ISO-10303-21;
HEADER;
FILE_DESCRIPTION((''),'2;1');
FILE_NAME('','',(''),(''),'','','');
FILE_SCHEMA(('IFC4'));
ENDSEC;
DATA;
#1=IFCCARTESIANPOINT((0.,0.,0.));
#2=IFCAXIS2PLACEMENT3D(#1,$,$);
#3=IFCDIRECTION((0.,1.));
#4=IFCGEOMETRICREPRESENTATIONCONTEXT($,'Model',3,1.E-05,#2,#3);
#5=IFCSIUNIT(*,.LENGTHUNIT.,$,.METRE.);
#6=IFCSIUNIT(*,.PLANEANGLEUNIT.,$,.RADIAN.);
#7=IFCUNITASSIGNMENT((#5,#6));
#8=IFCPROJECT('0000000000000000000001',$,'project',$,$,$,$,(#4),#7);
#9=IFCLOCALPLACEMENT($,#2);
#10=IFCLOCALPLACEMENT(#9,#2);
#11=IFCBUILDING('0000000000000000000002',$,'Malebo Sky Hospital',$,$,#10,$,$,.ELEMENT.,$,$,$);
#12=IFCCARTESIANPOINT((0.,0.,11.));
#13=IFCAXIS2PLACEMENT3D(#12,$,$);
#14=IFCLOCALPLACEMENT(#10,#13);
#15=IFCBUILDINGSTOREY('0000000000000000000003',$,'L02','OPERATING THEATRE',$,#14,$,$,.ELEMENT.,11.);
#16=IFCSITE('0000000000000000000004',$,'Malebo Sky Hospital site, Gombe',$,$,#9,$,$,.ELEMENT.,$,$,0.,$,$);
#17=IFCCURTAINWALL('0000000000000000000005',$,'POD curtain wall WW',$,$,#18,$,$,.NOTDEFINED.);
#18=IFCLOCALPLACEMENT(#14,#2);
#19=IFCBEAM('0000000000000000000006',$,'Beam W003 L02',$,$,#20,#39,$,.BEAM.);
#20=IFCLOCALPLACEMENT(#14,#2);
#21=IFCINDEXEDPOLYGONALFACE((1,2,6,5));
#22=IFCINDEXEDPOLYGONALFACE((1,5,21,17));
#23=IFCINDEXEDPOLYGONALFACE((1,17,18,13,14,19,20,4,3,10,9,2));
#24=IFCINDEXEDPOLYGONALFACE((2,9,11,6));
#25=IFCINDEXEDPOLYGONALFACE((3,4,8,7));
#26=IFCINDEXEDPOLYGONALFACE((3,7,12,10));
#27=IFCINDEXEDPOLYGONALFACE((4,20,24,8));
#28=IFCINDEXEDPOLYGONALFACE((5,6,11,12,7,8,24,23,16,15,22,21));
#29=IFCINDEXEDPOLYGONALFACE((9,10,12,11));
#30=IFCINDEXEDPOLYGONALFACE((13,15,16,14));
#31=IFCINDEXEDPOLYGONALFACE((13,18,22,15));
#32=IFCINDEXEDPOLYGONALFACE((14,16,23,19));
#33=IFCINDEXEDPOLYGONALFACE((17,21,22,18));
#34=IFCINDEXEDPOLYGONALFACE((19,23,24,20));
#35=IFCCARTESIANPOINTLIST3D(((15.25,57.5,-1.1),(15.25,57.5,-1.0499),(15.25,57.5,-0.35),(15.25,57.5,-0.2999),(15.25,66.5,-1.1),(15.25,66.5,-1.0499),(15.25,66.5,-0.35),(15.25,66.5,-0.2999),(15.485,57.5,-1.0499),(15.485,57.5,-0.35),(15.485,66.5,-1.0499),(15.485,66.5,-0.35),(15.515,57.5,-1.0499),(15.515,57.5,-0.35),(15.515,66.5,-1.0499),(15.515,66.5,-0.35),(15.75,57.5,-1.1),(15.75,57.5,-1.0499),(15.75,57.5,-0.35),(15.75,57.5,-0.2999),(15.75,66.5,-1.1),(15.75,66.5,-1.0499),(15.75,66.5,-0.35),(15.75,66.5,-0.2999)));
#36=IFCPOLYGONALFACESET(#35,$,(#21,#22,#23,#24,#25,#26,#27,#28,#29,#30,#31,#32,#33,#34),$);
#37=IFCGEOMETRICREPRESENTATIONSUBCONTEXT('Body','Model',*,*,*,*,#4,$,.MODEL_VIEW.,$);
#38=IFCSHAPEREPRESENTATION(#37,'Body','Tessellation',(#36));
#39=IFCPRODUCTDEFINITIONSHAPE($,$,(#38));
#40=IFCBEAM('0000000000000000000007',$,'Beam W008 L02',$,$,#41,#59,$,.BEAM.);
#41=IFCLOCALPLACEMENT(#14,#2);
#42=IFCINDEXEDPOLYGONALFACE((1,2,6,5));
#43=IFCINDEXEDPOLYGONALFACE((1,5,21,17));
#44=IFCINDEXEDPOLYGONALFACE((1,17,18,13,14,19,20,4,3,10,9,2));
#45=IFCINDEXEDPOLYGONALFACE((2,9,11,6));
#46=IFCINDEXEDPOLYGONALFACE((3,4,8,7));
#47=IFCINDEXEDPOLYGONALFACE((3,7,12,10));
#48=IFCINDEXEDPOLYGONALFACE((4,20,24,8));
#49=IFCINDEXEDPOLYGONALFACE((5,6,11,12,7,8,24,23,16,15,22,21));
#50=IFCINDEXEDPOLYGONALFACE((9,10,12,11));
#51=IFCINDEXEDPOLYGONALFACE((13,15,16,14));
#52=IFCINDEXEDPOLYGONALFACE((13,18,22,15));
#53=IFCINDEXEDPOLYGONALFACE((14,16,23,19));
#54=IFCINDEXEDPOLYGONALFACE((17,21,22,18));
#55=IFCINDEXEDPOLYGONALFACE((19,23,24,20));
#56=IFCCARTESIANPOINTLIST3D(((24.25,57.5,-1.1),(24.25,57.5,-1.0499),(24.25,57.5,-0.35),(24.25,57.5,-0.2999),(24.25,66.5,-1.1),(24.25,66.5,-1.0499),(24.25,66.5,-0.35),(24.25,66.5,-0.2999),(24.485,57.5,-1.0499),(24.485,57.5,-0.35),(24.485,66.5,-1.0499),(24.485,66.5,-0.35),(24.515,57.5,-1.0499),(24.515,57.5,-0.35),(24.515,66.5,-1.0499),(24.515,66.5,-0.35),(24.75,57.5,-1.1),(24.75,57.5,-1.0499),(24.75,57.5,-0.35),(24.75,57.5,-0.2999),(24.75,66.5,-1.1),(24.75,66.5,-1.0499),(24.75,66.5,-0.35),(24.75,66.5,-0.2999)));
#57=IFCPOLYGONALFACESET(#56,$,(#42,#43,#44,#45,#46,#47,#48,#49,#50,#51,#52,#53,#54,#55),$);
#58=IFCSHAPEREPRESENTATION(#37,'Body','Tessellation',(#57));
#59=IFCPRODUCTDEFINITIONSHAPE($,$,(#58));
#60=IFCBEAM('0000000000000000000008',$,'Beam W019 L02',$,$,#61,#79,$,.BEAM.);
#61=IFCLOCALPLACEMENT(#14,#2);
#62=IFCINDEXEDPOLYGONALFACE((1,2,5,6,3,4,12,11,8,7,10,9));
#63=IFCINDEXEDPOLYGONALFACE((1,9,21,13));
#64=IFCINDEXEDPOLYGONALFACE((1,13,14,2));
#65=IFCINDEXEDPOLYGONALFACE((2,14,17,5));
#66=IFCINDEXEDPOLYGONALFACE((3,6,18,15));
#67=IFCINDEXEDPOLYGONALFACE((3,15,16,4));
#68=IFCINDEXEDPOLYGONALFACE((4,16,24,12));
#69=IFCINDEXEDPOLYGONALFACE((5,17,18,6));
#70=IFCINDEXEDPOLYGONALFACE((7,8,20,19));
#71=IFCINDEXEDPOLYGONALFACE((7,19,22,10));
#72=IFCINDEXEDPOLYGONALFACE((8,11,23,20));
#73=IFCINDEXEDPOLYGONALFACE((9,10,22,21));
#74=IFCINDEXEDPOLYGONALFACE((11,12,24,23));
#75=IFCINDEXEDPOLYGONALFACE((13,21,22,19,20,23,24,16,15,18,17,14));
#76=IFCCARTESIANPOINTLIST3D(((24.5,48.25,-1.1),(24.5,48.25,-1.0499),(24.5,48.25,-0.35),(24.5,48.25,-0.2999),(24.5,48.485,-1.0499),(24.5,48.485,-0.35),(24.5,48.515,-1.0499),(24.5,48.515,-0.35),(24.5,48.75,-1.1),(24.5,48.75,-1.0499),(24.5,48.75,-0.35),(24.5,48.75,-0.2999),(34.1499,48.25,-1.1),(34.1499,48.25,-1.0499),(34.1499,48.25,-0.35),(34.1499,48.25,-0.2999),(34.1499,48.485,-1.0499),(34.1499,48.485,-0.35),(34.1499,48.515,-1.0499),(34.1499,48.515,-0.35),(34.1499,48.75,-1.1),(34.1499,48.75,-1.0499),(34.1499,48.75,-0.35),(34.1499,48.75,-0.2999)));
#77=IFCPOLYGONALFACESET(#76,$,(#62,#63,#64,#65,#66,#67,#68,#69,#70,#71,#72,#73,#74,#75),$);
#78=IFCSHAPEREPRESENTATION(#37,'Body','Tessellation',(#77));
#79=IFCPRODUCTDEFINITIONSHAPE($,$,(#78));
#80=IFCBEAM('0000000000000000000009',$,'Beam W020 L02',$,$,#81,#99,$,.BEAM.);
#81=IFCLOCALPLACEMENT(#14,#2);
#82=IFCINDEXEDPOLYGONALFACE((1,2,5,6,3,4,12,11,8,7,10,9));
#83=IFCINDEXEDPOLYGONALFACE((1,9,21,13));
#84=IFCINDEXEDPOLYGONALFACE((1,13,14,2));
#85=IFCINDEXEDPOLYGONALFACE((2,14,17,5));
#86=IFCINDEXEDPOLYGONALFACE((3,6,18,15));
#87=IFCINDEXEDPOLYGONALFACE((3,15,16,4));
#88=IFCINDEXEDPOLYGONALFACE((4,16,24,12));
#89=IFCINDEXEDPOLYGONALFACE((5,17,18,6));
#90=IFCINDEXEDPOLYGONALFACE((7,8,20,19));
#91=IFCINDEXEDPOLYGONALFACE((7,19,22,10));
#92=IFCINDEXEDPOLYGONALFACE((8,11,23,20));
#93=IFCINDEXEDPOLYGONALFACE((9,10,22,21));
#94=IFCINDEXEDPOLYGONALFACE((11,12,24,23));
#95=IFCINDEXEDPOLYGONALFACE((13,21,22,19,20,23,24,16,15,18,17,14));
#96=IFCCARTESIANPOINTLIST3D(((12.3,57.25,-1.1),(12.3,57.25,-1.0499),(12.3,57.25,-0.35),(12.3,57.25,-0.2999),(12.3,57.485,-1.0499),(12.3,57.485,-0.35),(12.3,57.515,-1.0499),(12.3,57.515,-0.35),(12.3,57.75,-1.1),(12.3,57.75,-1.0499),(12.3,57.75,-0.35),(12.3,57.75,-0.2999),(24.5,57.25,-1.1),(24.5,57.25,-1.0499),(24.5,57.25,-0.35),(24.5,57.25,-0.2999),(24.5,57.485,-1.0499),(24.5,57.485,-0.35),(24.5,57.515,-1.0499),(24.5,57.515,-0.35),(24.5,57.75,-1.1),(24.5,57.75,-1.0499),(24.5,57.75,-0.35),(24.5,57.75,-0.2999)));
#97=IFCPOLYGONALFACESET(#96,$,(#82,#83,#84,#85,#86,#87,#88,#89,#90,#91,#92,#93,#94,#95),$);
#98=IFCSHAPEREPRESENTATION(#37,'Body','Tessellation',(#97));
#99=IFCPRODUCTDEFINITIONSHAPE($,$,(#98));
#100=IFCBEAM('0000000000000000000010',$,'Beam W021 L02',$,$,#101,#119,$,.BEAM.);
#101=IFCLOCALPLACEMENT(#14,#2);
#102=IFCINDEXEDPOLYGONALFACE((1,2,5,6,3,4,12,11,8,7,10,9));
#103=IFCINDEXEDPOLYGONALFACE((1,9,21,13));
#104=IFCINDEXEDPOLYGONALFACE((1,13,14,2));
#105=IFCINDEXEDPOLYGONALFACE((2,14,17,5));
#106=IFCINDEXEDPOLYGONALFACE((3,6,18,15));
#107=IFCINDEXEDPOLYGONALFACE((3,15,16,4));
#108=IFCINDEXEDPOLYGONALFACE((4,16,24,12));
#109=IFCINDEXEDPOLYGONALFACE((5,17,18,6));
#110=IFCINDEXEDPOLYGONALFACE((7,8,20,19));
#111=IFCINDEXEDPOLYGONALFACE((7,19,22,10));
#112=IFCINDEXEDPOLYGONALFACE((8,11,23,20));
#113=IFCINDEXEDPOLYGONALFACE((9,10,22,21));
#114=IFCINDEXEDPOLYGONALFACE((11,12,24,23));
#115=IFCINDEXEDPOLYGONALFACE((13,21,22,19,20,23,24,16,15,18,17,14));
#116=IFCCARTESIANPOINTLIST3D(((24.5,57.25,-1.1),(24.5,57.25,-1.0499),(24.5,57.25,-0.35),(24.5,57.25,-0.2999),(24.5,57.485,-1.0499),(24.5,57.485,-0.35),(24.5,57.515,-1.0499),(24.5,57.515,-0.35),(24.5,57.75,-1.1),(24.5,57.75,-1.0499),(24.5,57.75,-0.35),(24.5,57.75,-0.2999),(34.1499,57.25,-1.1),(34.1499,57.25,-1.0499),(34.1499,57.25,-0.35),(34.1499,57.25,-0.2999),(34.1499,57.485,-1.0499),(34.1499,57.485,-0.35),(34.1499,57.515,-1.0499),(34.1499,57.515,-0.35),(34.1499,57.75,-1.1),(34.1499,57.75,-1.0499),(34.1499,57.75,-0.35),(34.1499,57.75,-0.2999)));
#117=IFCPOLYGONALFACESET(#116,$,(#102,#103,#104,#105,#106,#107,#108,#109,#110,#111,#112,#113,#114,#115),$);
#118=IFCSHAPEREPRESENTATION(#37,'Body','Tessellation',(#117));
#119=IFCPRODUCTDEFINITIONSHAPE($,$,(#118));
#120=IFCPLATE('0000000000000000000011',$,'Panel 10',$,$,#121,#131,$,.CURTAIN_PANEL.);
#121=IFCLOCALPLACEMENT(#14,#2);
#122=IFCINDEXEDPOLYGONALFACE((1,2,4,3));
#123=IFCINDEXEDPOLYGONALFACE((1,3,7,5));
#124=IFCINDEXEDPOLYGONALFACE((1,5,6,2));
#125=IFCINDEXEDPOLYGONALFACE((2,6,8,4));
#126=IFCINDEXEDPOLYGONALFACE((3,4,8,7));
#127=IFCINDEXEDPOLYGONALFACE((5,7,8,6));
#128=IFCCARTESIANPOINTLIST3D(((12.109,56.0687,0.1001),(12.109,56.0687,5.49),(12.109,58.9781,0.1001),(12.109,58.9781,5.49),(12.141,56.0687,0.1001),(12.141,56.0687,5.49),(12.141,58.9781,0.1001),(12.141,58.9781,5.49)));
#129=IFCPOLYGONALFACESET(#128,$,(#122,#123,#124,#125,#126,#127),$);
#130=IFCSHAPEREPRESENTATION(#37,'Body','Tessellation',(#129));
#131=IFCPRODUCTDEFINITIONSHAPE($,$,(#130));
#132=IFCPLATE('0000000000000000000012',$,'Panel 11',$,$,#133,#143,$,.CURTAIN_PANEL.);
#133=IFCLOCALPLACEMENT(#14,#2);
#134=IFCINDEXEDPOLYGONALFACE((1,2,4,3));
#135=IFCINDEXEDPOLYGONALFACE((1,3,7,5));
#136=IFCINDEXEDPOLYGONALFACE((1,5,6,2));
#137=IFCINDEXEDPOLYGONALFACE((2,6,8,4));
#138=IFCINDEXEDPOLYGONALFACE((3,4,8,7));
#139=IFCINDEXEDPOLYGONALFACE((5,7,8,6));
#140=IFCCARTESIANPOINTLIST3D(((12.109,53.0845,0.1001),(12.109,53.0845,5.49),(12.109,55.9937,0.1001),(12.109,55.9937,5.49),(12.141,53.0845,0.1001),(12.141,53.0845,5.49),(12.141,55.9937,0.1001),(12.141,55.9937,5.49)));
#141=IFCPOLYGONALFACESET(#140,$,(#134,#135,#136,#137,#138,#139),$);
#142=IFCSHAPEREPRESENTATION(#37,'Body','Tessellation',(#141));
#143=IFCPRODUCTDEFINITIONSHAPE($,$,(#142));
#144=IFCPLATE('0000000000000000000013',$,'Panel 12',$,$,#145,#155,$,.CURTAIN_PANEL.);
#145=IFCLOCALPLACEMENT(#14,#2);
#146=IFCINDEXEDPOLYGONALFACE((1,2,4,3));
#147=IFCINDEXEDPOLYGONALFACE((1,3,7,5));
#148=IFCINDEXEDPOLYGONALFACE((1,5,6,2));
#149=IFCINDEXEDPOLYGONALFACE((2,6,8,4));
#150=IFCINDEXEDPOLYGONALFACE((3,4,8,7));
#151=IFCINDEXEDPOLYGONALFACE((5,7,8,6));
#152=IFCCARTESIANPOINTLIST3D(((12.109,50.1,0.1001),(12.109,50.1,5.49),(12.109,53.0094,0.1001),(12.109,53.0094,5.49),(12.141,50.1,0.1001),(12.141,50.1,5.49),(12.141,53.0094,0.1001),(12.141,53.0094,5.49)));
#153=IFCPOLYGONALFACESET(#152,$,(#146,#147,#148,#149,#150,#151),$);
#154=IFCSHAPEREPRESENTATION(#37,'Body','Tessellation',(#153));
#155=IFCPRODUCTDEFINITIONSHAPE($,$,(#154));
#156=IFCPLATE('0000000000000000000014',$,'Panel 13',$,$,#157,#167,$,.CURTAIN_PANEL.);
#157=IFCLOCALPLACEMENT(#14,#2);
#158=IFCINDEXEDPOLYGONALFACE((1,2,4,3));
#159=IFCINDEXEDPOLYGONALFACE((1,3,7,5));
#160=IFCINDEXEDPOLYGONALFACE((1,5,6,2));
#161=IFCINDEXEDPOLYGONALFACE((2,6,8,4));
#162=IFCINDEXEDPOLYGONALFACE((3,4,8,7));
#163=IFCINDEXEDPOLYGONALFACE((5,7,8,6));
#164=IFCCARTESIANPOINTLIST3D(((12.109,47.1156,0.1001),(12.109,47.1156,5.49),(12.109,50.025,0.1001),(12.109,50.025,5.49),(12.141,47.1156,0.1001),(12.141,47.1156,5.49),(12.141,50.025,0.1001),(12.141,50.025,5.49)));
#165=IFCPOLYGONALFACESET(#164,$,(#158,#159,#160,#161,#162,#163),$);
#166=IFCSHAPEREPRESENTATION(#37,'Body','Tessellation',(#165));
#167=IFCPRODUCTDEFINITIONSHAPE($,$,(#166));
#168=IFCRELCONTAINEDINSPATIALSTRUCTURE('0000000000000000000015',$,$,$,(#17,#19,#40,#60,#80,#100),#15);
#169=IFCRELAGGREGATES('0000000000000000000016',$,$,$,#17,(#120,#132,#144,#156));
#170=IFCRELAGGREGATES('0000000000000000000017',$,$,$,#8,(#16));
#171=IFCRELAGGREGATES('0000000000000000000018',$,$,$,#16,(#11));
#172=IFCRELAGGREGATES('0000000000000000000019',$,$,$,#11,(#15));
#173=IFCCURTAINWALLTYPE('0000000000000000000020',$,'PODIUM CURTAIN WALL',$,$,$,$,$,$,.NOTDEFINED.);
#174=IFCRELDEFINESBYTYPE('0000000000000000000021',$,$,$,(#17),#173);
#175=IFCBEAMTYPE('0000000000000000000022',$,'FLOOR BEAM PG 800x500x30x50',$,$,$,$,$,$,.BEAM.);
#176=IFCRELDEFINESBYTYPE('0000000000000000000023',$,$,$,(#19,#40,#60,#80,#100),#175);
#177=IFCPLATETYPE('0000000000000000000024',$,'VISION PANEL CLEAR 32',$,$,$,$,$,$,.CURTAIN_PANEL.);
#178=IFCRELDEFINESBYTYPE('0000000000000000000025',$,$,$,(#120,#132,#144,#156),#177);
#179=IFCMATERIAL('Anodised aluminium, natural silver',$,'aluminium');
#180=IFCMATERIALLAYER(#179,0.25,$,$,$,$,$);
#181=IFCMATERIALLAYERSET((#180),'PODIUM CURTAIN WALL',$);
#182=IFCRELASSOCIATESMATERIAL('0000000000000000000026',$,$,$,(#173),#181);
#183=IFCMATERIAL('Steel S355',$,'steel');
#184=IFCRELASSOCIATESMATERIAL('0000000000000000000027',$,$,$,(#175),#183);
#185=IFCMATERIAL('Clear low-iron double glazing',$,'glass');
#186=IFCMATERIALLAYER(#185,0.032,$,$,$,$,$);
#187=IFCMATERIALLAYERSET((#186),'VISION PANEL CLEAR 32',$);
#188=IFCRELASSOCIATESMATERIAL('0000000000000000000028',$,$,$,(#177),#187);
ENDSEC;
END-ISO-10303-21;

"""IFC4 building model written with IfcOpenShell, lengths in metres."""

from ifc_helpers import new_model, si_unit, direction, frame, origin, origin_2d, place, context, subcontext, project, spatial, rectangle, i_section, extrude, material, layer, layer_set, material_profile, profile_set, type_object, element, aggregate, save


model = new_model("IFC4")

# Units and contexts
model_context = context("Model", 3, precision=1e-05, world=origin(), true_north=direction((0.0, 1.0)))
body_context = subcontext(model_context, "Body", "Model", "MODEL_VIEW")
ifc_project = project(units=[si_unit("LENGTHUNIT", "METRE"), si_unit("PLANEANGLEUNIT", "RADIAN")], contexts=[model_context])

# Site, building, storey
site_placement = place(None, origin())
site = spatial("IfcSite", under=ifc_project, at=site_placement, Name="Malebo Sky Hospital site, Gombe", CompositionType="ELEMENT", RefElevation=0.0)
building_placement = place(site_placement, origin())
building = spatial("IfcBuilding", under=site, at=building_placement, Name="Malebo Sky Hospital", CompositionType="ELEMENT")
storey_placement = place(building_placement, frame((0.0, 0.0, 11.0)))
storey = spatial("IfcBuildingStorey", under=building, at=storey_placement, Name="L02", Description="OPERATING THEATRE", CompositionType="ELEMENT", Elevation=11.0)

# Shared definitions
ifc_material_1 = material(Name="Steel S355", Category="steel")

# Curtain wall
ifc_material_2 = material(Name="Anodised aluminium, natural silver", Category="aluminium")
ifc_layer_1 = layer(ifc_material_2, 0.25)
ifc_layer_set_1 = layer_set([ifc_layer_1], Name="PODIUM CURTAIN WALL")
curtain_wall_type = type_object("IfcCurtainWallType", Name="PODIUM CURTAIN WALL", PredefinedType="NOTDEFINED", material=ifc_layer_set_1)
curtain_wall_placement = place(storey_placement, origin())
curtain_wall = element("IfcCurtainWall", 1, at=curtain_wall_placement, inside=storey, type_object=curtain_wall_type, Name="POD curtain wall WW", PredefinedType="NOTDEFINED")

# Beams
ifc_material_profile_1 = material_profile(ifc_material_1, i_section(OverallWidth=0.5, OverallDepth=0.8, WebThickness=0.03, FlangeThickness=0.05, at=origin_2d()), Name="PG 800x500x30x50")
ifc_profile_set_1 = profile_set([ifc_material_profile_1], Name="Steel S355")
beam_type = type_object("IfcBeamType", Name="FLOOR BEAM PG 800x500x30x50", PredefinedType="BEAM", material=ifc_profile_set_1)
for number, where, z_axis, x_axis, name in (
    (2, (15.5, 57.5, -0.7), (0.0, 1.0, 0.0), (-1.0, 0.0, 0.0), "Beam W003 L02"),
    (3, (24.5, 57.5, -0.7), (0.0, 1.0, 0.0), (-1.0, 0.0, 0.0), "Beam W008 L02"),
):
    element("IfcBeam", number, at=place(storey_placement, frame(where, z_axis=z_axis, x_axis=x_axis)), inside=storey, type_object=beam_type, Name=name, PredefinedType="BEAM", context=body_context, shape_type="SweptSolid", body=[
        extrude(i_section(OverallWidth=0.5, OverallDepth=0.8, WebThickness=0.03, FlangeThickness=0.05, at=origin_2d()), origin(), (0.0, 0.0, 1.0), 9.0),
    ])
beam_1_placement = place(storey_placement, frame((24.5, 48.5, -0.7), z_axis=(1.0, 0.0, 0.0), x_axis=(0.0, 1.0, 0.0)))
element("IfcBeam", 4, at=beam_1_placement, inside=storey, type_object=beam_type, Name="Beam W019 L02", PredefinedType="BEAM", context=body_context, shape_type="SweptSolid", body=[
    extrude(i_section(OverallWidth=0.5, OverallDepth=0.8, WebThickness=0.03, FlangeThickness=0.05, at=origin_2d()), origin(), (0.0, 0.0, 1.0), 9.6499),
])
beam_2_placement = place(storey_placement, frame((12.3, 57.5, -0.7), z_axis=(1.0, 0.0, 0.0), x_axis=(0.0, 1.0, 0.0)))
element("IfcBeam", 5, at=beam_2_placement, inside=storey, type_object=beam_type, Name="Beam W020 L02", PredefinedType="BEAM", context=body_context, shape_type="SweptSolid", body=[
    extrude(i_section(OverallWidth=0.5, OverallDepth=0.8, WebThickness=0.03, FlangeThickness=0.05, at=origin_2d()), origin(), (0.0, 0.0, 1.0), 12.2),
])
beam_3_placement = place(storey_placement, frame((24.5, 57.5, -0.7), z_axis=(1.0, 0.0, 0.0), x_axis=(0.0, 1.0, 0.0)))
element("IfcBeam", 6, at=beam_3_placement, inside=storey, type_object=beam_type, Name="Beam W021 L02", PredefinedType="BEAM", context=body_context, shape_type="SweptSolid", body=[
    extrude(i_section(OverallWidth=0.5, OverallDepth=0.8, WebThickness=0.03, FlangeThickness=0.05, at=origin_2d()), origin(), (0.0, 0.0, 1.0), 9.6499),
])

# Plates
ifc_material_3 = material(Name="Clear low-iron double glazing", Category="glass")
ifc_layer_2 = layer(ifc_material_3, 0.032)
ifc_layer_set_2 = layer_set([ifc_layer_2], Name="VISION PANEL CLEAR 32")
plate_type = type_object("IfcPlateType", Name="VISION PANEL CLEAR 32", PredefinedType="CURTAIN_PANEL", material=ifc_layer_set_2)
plate_1_placement = place(storey_placement, frame((12.125, 57.5234, 0.1001), z_axis=(0.0, 0.0, 1.0), x_axis=(0.0, -1.0, 0.0)))
plate_1 = element("IfcPlate", 7, at=plate_1_placement, type_object=plate_type, Name="Panel 10", PredefinedType="CURTAIN_PANEL", context=body_context, shape_type="SweptSolid", body=[
    extrude(rectangle(XDim=2.9094, YDim=0.032, at=origin_2d()), origin(), (0.0, 0.0, 1.0), 5.3899),
])
plate_2_placement = place(storey_placement, frame((12.125, 54.5391, 0.1001), z_axis=(0.0, 0.0, 1.0), x_axis=(0.0, -1.0, 0.0)))
plate_2 = element("IfcPlate", 8, at=plate_2_placement, type_object=plate_type, Name="Panel 11", PredefinedType="CURTAIN_PANEL", context=body_context, shape_type="SweptSolid", body=[
    extrude(rectangle(XDim=2.9092, YDim=0.032, at=origin_2d()), origin(), (0.0, 0.0, 1.0), 5.3899),
])
plate_3_placement = place(storey_placement, frame((12.125, 51.5547, 0.1001), z_axis=(0.0, 0.0, 1.0), x_axis=(0.0, -1.0, 0.0)))
plate_3 = element("IfcPlate", 9, at=plate_3_placement, type_object=plate_type, Name="Panel 12", PredefinedType="CURTAIN_PANEL", context=body_context, shape_type="SweptSolid", body=[
    extrude(rectangle(XDim=2.9094, YDim=0.032, at=origin_2d()), origin(), (0.0, 0.0, 1.0), 5.3899),
])
plate_4_placement = place(storey_placement, frame((12.125, 48.5703, 0.1001), z_axis=(0.0, 0.0, 1.0), x_axis=(0.0, -1.0, 0.0)))
plate_4 = element("IfcPlate", 10, at=plate_4_placement, type_object=plate_type, Name="Panel 13", PredefinedType="CURTAIN_PANEL", context=body_context, shape_type="SweptSolid", body=[
    extrude(rectangle(XDim=2.9094, YDim=0.032, at=origin_2d()), origin(), (0.0, 0.0, 1.0), 5.3899),
])
aggregate(curtain_wall, [plate_1, plate_2, plate_3, plate_4])

save(model, "model.ifc")
